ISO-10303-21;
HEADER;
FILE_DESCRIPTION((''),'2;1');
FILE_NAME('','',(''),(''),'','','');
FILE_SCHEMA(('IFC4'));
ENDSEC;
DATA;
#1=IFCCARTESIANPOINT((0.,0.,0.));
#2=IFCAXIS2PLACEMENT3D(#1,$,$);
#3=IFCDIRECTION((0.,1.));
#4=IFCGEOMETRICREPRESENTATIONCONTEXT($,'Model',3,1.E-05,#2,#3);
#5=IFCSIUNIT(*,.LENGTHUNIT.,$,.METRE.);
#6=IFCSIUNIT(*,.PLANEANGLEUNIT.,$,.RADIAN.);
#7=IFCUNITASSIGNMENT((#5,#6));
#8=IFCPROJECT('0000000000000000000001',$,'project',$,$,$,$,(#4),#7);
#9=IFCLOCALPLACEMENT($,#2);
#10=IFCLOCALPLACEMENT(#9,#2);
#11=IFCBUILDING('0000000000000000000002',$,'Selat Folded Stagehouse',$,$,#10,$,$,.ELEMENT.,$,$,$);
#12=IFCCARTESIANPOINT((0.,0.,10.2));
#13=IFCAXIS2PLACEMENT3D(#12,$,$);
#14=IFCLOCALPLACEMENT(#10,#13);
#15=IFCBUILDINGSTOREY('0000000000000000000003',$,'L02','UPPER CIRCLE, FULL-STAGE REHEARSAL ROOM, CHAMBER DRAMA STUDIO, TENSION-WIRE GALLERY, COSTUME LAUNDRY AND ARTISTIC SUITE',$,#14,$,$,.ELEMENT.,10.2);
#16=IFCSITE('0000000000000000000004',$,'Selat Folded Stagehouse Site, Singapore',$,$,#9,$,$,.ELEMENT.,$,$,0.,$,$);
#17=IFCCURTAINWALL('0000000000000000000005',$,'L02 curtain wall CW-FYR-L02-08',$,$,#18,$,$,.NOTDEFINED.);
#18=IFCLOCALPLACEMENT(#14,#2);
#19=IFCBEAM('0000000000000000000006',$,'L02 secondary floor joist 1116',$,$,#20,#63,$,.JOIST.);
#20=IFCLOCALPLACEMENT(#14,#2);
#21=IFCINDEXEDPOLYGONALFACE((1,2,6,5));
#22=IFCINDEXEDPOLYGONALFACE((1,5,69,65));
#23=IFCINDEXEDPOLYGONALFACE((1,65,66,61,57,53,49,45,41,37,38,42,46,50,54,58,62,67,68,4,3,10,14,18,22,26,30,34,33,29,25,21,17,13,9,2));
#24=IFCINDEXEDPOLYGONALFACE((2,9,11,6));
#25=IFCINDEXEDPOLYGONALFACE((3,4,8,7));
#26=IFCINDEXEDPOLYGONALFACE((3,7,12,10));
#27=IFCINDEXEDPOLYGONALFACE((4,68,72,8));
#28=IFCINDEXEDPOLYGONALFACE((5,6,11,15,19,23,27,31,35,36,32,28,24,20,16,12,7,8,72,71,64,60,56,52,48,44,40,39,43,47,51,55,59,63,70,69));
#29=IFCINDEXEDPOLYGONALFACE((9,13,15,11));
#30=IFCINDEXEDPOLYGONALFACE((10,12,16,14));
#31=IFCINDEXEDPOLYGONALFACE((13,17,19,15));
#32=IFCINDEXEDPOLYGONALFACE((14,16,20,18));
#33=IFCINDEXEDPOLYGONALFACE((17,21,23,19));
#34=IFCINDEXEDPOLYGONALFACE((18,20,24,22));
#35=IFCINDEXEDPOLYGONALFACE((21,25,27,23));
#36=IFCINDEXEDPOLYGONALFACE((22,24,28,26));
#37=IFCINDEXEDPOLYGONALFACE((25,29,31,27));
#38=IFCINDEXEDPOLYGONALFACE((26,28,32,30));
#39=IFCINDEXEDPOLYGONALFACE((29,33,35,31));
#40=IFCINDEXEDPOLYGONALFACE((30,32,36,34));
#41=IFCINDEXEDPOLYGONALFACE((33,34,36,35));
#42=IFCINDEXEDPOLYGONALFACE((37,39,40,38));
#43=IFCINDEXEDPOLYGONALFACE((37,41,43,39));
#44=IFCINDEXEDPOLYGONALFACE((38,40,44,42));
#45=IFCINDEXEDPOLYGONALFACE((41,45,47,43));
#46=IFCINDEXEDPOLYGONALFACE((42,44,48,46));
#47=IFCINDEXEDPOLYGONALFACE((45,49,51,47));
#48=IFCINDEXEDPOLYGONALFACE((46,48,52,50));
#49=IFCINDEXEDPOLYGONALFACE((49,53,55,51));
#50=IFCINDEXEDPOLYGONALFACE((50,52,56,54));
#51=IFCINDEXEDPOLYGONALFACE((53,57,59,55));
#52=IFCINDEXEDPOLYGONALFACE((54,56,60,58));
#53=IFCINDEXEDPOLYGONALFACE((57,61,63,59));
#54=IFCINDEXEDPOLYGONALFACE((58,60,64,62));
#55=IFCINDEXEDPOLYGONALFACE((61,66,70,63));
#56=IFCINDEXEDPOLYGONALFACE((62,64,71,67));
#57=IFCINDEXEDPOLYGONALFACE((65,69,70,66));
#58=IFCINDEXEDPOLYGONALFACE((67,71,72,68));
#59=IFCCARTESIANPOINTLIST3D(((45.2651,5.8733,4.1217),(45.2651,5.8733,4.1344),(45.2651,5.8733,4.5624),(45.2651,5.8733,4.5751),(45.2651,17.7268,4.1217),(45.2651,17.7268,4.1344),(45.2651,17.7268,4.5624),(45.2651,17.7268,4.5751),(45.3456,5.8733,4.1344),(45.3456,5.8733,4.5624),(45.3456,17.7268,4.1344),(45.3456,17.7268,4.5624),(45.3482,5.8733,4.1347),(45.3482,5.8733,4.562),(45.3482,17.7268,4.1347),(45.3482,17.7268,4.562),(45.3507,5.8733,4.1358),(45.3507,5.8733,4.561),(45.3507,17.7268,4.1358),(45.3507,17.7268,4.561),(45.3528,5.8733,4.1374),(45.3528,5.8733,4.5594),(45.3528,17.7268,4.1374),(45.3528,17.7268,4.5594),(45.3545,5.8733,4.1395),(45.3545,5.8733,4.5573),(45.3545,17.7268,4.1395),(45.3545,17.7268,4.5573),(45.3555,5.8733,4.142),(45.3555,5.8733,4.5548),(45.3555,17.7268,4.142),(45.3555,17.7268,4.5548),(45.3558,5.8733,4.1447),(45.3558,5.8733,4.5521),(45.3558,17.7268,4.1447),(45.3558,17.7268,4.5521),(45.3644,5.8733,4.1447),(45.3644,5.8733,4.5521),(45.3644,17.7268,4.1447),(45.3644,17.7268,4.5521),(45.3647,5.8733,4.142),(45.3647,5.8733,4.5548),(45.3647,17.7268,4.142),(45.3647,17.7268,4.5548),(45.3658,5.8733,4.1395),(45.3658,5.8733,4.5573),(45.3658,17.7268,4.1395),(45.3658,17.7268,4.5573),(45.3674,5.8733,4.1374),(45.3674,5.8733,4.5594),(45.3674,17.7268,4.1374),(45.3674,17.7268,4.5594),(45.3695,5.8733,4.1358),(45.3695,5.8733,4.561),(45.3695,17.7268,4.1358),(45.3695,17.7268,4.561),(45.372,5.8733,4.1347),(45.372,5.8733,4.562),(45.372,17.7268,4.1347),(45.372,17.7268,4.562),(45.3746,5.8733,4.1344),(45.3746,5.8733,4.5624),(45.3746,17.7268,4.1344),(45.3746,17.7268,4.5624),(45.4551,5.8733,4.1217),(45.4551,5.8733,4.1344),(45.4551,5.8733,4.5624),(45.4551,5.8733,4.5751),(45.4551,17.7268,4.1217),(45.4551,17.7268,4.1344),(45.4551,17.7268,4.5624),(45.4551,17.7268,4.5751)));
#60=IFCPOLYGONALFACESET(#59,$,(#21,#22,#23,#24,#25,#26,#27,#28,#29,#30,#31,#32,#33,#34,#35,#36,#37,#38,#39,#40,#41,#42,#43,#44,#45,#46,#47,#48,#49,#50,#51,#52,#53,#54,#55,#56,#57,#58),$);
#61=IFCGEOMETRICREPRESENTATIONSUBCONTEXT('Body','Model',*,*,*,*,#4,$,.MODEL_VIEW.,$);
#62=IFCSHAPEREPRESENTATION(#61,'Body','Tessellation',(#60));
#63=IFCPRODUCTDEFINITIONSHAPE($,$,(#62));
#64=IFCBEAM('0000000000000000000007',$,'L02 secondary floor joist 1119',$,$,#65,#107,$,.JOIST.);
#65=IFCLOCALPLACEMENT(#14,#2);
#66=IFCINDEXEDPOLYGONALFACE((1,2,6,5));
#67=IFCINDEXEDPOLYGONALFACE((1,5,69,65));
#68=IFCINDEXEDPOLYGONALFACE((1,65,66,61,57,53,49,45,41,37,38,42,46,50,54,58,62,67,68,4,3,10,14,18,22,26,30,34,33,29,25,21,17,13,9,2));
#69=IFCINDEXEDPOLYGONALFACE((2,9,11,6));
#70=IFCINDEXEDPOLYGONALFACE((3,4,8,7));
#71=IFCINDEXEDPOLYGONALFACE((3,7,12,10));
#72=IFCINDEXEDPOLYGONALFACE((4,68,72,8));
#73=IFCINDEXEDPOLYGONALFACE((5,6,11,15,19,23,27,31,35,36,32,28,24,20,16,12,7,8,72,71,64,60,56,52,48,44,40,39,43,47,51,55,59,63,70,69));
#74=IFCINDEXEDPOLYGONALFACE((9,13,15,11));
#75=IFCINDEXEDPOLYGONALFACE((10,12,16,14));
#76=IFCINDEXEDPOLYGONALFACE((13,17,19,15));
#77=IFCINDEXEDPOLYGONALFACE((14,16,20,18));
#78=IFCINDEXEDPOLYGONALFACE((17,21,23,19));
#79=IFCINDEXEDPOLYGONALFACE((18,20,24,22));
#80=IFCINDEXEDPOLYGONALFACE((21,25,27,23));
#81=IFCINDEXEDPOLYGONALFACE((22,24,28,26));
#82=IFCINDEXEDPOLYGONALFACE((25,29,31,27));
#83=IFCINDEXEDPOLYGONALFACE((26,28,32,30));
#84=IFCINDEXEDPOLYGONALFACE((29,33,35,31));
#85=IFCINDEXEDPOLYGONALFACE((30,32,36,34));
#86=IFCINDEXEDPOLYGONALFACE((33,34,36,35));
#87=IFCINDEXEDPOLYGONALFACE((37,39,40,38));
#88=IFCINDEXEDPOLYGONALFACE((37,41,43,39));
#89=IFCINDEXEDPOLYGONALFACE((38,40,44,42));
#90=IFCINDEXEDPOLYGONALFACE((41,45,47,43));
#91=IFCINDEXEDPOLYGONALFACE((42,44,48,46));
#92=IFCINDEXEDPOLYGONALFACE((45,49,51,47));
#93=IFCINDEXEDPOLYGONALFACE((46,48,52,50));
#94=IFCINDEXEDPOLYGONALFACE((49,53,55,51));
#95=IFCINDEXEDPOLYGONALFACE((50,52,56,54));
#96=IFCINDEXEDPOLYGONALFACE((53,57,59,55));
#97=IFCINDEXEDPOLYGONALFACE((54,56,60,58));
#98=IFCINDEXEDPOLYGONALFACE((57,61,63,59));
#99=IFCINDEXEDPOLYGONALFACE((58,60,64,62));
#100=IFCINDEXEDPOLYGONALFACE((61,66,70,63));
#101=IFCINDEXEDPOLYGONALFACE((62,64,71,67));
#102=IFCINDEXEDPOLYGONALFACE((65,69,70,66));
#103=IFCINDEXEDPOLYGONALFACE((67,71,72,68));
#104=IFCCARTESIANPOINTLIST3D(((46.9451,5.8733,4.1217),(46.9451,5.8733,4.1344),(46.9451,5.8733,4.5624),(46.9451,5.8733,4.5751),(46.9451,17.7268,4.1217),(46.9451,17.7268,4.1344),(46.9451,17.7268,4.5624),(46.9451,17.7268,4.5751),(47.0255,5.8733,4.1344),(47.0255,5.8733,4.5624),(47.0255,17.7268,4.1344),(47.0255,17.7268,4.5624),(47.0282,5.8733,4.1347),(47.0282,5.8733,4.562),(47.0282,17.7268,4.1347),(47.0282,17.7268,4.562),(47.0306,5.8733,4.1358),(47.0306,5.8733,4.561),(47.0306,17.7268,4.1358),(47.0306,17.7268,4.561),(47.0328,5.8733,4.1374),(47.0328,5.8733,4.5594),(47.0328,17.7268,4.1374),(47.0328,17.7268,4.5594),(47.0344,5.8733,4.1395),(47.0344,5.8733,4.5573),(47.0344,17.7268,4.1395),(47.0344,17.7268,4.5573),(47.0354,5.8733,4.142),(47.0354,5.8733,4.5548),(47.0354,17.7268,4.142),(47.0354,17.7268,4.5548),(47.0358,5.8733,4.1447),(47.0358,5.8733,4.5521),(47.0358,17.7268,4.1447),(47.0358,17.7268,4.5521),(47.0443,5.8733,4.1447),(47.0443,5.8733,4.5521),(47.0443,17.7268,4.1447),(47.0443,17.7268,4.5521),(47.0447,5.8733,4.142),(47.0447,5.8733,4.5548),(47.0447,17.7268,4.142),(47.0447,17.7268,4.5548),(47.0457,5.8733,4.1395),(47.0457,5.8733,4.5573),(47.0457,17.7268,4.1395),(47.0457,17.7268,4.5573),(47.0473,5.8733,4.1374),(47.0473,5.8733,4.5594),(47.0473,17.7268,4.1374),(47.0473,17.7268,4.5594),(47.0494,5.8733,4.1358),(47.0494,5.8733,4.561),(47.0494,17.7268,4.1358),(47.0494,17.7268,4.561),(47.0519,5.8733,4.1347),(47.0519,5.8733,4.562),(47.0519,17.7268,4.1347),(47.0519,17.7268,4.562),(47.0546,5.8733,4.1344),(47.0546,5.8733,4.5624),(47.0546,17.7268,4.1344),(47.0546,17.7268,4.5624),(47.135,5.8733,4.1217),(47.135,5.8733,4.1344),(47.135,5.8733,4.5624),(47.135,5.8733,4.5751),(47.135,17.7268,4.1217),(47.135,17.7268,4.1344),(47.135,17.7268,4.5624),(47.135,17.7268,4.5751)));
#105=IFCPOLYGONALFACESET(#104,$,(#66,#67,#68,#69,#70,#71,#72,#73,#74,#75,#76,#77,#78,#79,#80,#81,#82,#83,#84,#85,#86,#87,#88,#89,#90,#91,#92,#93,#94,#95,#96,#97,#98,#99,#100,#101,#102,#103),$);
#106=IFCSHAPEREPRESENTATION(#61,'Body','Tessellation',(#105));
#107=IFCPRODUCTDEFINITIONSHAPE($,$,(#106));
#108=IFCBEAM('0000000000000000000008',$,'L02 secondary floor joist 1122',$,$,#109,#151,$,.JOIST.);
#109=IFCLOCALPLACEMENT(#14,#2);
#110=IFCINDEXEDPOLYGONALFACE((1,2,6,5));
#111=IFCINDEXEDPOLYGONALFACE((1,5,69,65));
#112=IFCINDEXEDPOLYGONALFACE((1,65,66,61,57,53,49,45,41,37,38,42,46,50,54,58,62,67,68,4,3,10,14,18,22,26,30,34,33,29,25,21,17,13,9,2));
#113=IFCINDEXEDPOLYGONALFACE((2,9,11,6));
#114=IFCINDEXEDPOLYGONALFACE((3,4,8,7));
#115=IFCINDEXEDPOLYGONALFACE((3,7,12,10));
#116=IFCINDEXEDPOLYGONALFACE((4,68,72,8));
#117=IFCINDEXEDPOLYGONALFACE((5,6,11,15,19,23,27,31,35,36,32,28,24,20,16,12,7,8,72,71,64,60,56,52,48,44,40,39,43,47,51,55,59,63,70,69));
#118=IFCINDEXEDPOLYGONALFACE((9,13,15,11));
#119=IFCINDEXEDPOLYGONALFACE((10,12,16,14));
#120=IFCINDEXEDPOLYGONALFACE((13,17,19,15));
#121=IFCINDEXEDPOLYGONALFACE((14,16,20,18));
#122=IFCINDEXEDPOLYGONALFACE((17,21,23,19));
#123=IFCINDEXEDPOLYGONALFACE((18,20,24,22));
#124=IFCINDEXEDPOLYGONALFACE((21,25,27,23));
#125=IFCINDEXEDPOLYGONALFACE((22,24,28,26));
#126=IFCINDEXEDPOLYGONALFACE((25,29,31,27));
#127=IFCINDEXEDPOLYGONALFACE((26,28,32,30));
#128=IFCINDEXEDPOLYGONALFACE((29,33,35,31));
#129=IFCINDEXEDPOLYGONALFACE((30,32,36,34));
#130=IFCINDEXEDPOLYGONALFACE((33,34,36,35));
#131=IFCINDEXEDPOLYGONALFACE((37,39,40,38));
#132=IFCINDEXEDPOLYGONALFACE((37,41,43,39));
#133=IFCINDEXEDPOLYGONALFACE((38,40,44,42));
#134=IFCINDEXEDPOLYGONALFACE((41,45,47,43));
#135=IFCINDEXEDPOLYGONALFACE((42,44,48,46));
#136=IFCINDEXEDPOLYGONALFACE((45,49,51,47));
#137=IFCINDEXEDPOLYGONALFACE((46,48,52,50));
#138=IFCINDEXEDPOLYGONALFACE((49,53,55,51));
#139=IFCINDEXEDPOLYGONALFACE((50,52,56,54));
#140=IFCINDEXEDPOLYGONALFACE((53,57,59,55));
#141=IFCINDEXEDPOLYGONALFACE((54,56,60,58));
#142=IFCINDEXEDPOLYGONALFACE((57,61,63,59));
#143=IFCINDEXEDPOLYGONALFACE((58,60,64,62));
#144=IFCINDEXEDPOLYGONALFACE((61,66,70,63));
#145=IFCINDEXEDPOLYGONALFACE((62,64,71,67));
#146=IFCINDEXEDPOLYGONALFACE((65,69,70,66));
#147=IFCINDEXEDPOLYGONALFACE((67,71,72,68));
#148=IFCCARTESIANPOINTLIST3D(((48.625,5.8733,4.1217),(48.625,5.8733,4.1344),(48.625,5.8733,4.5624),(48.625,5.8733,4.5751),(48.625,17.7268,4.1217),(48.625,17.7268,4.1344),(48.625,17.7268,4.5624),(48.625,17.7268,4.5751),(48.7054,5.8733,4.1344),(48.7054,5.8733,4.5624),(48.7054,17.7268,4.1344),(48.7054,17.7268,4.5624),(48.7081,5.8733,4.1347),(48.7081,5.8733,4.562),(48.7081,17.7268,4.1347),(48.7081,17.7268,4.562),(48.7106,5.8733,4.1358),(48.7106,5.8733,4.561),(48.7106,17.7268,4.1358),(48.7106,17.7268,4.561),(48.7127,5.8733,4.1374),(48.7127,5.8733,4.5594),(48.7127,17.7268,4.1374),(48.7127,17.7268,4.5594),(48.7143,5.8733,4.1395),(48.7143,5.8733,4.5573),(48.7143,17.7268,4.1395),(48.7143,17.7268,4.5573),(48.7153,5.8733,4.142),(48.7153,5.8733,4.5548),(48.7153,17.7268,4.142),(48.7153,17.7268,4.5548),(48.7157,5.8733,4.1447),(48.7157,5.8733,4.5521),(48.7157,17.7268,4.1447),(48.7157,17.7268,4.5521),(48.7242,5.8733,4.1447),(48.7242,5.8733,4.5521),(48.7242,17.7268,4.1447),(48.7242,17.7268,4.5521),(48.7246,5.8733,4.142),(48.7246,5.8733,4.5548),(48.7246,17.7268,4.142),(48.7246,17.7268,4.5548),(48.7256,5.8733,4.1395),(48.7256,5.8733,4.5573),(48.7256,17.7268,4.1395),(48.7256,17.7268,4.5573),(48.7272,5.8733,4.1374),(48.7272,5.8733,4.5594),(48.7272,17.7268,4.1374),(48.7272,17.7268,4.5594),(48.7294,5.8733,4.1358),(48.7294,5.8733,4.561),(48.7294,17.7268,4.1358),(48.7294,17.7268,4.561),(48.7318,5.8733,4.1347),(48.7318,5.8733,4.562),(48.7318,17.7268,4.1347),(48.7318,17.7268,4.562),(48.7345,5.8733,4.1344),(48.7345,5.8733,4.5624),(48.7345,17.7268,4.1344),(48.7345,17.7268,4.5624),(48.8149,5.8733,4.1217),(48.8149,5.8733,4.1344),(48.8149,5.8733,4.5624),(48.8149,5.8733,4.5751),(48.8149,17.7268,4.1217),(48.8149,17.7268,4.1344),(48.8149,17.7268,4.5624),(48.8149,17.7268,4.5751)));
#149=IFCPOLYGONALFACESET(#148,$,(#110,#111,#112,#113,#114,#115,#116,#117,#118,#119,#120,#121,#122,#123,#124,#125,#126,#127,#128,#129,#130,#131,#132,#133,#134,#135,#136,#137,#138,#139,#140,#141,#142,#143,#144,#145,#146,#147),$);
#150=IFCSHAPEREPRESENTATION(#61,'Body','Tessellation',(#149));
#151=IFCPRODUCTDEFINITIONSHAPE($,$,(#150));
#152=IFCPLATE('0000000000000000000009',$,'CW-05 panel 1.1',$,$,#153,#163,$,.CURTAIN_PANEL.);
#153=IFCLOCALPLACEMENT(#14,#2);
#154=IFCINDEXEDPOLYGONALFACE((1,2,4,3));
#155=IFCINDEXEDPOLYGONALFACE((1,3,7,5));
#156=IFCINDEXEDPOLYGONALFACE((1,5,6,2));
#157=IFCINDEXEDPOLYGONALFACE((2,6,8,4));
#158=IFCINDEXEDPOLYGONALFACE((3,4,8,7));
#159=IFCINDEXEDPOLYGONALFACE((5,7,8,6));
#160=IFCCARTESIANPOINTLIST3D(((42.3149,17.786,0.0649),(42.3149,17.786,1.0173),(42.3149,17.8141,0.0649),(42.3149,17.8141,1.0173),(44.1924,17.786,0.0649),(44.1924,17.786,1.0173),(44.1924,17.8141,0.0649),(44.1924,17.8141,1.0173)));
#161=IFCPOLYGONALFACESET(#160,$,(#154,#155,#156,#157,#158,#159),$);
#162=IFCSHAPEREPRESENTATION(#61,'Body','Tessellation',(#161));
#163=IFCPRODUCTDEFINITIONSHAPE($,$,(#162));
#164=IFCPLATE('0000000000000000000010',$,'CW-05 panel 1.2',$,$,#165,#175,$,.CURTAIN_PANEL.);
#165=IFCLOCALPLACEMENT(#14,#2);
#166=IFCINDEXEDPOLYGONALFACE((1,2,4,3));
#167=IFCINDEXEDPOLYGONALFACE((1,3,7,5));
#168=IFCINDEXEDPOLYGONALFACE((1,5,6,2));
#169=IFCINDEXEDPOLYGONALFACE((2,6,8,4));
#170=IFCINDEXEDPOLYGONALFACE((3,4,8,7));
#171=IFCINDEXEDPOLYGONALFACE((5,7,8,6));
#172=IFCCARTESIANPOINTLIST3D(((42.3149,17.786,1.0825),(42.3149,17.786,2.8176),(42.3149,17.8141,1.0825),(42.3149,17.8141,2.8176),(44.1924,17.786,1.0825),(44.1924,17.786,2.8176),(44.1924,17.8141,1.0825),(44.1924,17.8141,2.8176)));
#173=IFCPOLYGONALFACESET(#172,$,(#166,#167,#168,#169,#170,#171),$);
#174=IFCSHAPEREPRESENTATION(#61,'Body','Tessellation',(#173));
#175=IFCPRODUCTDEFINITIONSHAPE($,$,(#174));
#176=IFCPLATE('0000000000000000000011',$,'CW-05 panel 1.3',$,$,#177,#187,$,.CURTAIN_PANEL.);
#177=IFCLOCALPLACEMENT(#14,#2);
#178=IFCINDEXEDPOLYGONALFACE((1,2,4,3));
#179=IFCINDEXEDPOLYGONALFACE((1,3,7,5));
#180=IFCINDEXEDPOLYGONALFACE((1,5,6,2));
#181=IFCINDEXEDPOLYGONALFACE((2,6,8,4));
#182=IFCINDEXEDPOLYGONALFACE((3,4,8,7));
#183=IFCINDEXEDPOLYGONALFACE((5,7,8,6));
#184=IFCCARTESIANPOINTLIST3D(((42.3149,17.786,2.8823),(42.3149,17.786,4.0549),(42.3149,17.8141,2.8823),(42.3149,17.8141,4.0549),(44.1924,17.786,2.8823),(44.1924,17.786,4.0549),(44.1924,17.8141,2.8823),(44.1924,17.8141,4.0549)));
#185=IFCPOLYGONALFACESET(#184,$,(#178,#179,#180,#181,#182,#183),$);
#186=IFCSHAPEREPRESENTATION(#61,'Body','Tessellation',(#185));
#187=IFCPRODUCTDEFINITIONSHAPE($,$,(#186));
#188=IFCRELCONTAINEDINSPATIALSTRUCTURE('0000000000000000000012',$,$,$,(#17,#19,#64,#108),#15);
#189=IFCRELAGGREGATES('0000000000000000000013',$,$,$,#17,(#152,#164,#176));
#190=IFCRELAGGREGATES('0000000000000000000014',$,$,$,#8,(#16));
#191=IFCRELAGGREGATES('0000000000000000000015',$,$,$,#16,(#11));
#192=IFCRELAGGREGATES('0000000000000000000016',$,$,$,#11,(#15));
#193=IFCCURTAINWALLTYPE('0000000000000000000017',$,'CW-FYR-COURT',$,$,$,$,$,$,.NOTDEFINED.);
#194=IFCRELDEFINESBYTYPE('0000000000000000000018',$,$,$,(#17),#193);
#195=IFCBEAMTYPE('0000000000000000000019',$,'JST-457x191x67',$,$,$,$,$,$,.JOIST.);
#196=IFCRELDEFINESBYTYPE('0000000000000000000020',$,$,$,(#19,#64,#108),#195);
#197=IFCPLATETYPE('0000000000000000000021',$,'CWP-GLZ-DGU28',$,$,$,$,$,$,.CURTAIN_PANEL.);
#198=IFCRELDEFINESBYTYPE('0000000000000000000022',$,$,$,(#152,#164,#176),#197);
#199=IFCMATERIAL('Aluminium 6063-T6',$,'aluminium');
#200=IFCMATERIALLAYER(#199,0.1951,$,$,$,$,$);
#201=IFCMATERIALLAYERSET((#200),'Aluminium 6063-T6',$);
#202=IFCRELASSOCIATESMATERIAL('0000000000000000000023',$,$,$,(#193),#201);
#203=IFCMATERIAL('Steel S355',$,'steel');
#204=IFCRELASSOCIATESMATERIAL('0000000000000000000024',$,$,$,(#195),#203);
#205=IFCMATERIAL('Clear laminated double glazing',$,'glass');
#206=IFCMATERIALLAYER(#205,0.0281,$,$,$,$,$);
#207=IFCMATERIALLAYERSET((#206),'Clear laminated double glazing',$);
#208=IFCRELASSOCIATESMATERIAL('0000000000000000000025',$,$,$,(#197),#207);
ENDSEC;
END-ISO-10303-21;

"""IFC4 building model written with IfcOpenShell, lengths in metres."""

from ifc_helpers import new_model, si_unit, direction, frame, origin, origin_2d, place, context, subcontext, project, spatial, rectangle, i_section, extrude, material, layer, layer_set, material_profile, profile_set, type_object, element, aggregate, save


model = new_model("IFC4")

# Units and contexts
model_context = context("Model", 3, precision=1e-05, world=origin(), true_north=direction((0.0, 1.0)))
body_context = subcontext(model_context, "Body", "Model", "MODEL_VIEW")
ifc_project = project(units=[si_unit("LENGTHUNIT", "METRE"), si_unit("PLANEANGLEUNIT", "RADIAN")], contexts=[model_context])

# Site, building, storey
site_placement = place(None, origin())
site = spatial("IfcSite", under=ifc_project, at=site_placement, Name="Selat Folded Stagehouse Site, Singapore", CompositionType="ELEMENT", RefElevation=0.0)
building_placement = place(site_placement, origin())
building = spatial("IfcBuilding", under=site, at=building_placement, Name="Selat Folded Stagehouse", CompositionType="ELEMENT")
storey_placement = place(building_placement, frame((0.0, 0.0, 10.2)))
storey = spatial("IfcBuildingStorey", under=building, at=storey_placement, Name="L02", Description="UPPER CIRCLE, FULL-STAGE REHEARSAL ROOM, CHAMBER DRAMA STUDIO, TENSION-WIRE GALLERY, COSTUME LAUNDRY AND ARTISTIC SUITE", CompositionType="ELEMENT", Elevation=10.2)

# Shared definitions
ifc_material_1 = material(Name="Steel S355", Category="steel")

# Curtain wall
ifc_material_2 = material(Name="Aluminium 6063-T6", Category="aluminium")
ifc_layer_1 = layer(ifc_material_2, 0.1951)
ifc_layer_set_1 = layer_set([ifc_layer_1], Name="Aluminium 6063-T6")
curtain_wall_type = type_object("IfcCurtainWallType", Name="CW-FYR-COURT", PredefinedType="NOTDEFINED", material=ifc_layer_set_1)
curtain_wall_placement = place(storey_placement, origin())
curtain_wall = element("IfcCurtainWall", 1, at=curtain_wall_placement, inside=storey, type_object=curtain_wall_type, Name="L02 curtain wall CW-FYR-L02-08", PredefinedType="NOTDEFINED")

# Beams
ifc_material_profile_1 = material_profile(ifc_material_1, i_section(OverallWidth=0.1899, OverallDepth=0.4534, WebThickness=0.0085, FlangeThickness=0.0127, FilletRadius=0.0103, at=origin_2d()), Name="UKB 457x191x67")
ifc_profile_set_1 = profile_set([ifc_material_profile_1], Name="Steel S355")
beam_type_1 = type_object("IfcBeamType", Name="JST-457x191x67", PredefinedType="JOIST", material=ifc_profile_set_1)
for number, where, z_axis, x_axis, name in (
    (2, (45.3601, 5.8733, 4.3484), (0.0, 1.0, 0.0), (-1.0, 0.0, 0.0), "L02 secondary floor joist 1116"),
    (3, (47.04, 5.8733, 4.3484), (0.0, 1.0, 0.0), (-1.0, 0.0, 0.0), "L02 secondary floor joist 1119"),
    (4, (48.72, 5.8733, 4.3484), (0.0, 1.0, 0.0), (-1.0, 0.0, 0.0), "L02 secondary floor joist 1122"),
):
    element("IfcBeam", number, at=place(storey_placement, frame(where, z_axis=z_axis, x_axis=x_axis)), inside=storey, type_object=beam_type_1, Name=name, PredefinedType="JOIST", context=body_context, shape_type="SweptSolid", body=[
        extrude(i_section(OverallWidth=0.1899, OverallDepth=0.4534, WebThickness=0.0085, FlangeThickness=0.0127, FilletRadius=0.0103, at=origin_2d()), origin(), (0.0, 0.0, 1.0), 11.8535),
    ])

# Plates
ifc_material_3 = material(Name="Clear laminated double glazing", Category="glass")
ifc_layer_2 = layer(ifc_material_3, 0.0281)
ifc_layer_set_2 = layer_set([ifc_layer_2], Name="Clear laminated double glazing")
plate_type = type_object("IfcPlateType", Name="CWP-GLZ-DGU28", PredefinedType="CURTAIN_PANEL", material=ifc_layer_set_2)
plate_1_placement = place(storey_placement, frame((43.2537, 17.8, 0.0649), z_axis=(0.0, 0.0, 1.0), x_axis=(1.0, 0.0, 0.0)))
plate_1 = element("IfcPlate", 5, at=plate_1_placement, type_object=plate_type, Name="CW-05 panel 1.1", PredefinedType="CURTAIN_PANEL", context=body_context, shape_type="SweptSolid", body=[
    extrude(rectangle(XDim=1.8774, YDim=0.0281, at=origin_2d()), origin(), (0.0, 0.0, 1.0), 0.9524),
])
plate_2_placement = place(storey_placement, frame((43.2537, 17.8, 1.0825), z_axis=(0.0, 0.0, 1.0), x_axis=(1.0, 0.0, 0.0)))
plate_2 = element("IfcPlate", 6, at=plate_2_placement, type_object=plate_type, Name="CW-05 panel 1.2", PredefinedType="CURTAIN_PANEL", context=body_context, shape_type="SweptSolid", body=[
    extrude(rectangle(XDim=1.8774, YDim=0.0281, at=origin_2d()), origin(), (0.0, 0.0, 1.0), 1.7351),
])
plate_3_placement = place(storey_placement, frame((43.2537, 17.8, 2.8823), z_axis=(0.0, 0.0, 1.0), x_axis=(1.0, 0.0, 0.0)))
plate_3 = element("IfcPlate", 7, at=plate_3_placement, type_object=plate_type, Name="CW-05 panel 1.3", PredefinedType="CURTAIN_PANEL", context=body_context, shape_type="SweptSolid", body=[
    extrude(rectangle(XDim=1.8774, YDim=0.0281, at=origin_2d()), origin(), (0.0, 0.0, 1.0), 1.1726),
])
aggregate(curtain_wall, [plate_1, plate_2, plate_3])

save(model, "model.ifc")
